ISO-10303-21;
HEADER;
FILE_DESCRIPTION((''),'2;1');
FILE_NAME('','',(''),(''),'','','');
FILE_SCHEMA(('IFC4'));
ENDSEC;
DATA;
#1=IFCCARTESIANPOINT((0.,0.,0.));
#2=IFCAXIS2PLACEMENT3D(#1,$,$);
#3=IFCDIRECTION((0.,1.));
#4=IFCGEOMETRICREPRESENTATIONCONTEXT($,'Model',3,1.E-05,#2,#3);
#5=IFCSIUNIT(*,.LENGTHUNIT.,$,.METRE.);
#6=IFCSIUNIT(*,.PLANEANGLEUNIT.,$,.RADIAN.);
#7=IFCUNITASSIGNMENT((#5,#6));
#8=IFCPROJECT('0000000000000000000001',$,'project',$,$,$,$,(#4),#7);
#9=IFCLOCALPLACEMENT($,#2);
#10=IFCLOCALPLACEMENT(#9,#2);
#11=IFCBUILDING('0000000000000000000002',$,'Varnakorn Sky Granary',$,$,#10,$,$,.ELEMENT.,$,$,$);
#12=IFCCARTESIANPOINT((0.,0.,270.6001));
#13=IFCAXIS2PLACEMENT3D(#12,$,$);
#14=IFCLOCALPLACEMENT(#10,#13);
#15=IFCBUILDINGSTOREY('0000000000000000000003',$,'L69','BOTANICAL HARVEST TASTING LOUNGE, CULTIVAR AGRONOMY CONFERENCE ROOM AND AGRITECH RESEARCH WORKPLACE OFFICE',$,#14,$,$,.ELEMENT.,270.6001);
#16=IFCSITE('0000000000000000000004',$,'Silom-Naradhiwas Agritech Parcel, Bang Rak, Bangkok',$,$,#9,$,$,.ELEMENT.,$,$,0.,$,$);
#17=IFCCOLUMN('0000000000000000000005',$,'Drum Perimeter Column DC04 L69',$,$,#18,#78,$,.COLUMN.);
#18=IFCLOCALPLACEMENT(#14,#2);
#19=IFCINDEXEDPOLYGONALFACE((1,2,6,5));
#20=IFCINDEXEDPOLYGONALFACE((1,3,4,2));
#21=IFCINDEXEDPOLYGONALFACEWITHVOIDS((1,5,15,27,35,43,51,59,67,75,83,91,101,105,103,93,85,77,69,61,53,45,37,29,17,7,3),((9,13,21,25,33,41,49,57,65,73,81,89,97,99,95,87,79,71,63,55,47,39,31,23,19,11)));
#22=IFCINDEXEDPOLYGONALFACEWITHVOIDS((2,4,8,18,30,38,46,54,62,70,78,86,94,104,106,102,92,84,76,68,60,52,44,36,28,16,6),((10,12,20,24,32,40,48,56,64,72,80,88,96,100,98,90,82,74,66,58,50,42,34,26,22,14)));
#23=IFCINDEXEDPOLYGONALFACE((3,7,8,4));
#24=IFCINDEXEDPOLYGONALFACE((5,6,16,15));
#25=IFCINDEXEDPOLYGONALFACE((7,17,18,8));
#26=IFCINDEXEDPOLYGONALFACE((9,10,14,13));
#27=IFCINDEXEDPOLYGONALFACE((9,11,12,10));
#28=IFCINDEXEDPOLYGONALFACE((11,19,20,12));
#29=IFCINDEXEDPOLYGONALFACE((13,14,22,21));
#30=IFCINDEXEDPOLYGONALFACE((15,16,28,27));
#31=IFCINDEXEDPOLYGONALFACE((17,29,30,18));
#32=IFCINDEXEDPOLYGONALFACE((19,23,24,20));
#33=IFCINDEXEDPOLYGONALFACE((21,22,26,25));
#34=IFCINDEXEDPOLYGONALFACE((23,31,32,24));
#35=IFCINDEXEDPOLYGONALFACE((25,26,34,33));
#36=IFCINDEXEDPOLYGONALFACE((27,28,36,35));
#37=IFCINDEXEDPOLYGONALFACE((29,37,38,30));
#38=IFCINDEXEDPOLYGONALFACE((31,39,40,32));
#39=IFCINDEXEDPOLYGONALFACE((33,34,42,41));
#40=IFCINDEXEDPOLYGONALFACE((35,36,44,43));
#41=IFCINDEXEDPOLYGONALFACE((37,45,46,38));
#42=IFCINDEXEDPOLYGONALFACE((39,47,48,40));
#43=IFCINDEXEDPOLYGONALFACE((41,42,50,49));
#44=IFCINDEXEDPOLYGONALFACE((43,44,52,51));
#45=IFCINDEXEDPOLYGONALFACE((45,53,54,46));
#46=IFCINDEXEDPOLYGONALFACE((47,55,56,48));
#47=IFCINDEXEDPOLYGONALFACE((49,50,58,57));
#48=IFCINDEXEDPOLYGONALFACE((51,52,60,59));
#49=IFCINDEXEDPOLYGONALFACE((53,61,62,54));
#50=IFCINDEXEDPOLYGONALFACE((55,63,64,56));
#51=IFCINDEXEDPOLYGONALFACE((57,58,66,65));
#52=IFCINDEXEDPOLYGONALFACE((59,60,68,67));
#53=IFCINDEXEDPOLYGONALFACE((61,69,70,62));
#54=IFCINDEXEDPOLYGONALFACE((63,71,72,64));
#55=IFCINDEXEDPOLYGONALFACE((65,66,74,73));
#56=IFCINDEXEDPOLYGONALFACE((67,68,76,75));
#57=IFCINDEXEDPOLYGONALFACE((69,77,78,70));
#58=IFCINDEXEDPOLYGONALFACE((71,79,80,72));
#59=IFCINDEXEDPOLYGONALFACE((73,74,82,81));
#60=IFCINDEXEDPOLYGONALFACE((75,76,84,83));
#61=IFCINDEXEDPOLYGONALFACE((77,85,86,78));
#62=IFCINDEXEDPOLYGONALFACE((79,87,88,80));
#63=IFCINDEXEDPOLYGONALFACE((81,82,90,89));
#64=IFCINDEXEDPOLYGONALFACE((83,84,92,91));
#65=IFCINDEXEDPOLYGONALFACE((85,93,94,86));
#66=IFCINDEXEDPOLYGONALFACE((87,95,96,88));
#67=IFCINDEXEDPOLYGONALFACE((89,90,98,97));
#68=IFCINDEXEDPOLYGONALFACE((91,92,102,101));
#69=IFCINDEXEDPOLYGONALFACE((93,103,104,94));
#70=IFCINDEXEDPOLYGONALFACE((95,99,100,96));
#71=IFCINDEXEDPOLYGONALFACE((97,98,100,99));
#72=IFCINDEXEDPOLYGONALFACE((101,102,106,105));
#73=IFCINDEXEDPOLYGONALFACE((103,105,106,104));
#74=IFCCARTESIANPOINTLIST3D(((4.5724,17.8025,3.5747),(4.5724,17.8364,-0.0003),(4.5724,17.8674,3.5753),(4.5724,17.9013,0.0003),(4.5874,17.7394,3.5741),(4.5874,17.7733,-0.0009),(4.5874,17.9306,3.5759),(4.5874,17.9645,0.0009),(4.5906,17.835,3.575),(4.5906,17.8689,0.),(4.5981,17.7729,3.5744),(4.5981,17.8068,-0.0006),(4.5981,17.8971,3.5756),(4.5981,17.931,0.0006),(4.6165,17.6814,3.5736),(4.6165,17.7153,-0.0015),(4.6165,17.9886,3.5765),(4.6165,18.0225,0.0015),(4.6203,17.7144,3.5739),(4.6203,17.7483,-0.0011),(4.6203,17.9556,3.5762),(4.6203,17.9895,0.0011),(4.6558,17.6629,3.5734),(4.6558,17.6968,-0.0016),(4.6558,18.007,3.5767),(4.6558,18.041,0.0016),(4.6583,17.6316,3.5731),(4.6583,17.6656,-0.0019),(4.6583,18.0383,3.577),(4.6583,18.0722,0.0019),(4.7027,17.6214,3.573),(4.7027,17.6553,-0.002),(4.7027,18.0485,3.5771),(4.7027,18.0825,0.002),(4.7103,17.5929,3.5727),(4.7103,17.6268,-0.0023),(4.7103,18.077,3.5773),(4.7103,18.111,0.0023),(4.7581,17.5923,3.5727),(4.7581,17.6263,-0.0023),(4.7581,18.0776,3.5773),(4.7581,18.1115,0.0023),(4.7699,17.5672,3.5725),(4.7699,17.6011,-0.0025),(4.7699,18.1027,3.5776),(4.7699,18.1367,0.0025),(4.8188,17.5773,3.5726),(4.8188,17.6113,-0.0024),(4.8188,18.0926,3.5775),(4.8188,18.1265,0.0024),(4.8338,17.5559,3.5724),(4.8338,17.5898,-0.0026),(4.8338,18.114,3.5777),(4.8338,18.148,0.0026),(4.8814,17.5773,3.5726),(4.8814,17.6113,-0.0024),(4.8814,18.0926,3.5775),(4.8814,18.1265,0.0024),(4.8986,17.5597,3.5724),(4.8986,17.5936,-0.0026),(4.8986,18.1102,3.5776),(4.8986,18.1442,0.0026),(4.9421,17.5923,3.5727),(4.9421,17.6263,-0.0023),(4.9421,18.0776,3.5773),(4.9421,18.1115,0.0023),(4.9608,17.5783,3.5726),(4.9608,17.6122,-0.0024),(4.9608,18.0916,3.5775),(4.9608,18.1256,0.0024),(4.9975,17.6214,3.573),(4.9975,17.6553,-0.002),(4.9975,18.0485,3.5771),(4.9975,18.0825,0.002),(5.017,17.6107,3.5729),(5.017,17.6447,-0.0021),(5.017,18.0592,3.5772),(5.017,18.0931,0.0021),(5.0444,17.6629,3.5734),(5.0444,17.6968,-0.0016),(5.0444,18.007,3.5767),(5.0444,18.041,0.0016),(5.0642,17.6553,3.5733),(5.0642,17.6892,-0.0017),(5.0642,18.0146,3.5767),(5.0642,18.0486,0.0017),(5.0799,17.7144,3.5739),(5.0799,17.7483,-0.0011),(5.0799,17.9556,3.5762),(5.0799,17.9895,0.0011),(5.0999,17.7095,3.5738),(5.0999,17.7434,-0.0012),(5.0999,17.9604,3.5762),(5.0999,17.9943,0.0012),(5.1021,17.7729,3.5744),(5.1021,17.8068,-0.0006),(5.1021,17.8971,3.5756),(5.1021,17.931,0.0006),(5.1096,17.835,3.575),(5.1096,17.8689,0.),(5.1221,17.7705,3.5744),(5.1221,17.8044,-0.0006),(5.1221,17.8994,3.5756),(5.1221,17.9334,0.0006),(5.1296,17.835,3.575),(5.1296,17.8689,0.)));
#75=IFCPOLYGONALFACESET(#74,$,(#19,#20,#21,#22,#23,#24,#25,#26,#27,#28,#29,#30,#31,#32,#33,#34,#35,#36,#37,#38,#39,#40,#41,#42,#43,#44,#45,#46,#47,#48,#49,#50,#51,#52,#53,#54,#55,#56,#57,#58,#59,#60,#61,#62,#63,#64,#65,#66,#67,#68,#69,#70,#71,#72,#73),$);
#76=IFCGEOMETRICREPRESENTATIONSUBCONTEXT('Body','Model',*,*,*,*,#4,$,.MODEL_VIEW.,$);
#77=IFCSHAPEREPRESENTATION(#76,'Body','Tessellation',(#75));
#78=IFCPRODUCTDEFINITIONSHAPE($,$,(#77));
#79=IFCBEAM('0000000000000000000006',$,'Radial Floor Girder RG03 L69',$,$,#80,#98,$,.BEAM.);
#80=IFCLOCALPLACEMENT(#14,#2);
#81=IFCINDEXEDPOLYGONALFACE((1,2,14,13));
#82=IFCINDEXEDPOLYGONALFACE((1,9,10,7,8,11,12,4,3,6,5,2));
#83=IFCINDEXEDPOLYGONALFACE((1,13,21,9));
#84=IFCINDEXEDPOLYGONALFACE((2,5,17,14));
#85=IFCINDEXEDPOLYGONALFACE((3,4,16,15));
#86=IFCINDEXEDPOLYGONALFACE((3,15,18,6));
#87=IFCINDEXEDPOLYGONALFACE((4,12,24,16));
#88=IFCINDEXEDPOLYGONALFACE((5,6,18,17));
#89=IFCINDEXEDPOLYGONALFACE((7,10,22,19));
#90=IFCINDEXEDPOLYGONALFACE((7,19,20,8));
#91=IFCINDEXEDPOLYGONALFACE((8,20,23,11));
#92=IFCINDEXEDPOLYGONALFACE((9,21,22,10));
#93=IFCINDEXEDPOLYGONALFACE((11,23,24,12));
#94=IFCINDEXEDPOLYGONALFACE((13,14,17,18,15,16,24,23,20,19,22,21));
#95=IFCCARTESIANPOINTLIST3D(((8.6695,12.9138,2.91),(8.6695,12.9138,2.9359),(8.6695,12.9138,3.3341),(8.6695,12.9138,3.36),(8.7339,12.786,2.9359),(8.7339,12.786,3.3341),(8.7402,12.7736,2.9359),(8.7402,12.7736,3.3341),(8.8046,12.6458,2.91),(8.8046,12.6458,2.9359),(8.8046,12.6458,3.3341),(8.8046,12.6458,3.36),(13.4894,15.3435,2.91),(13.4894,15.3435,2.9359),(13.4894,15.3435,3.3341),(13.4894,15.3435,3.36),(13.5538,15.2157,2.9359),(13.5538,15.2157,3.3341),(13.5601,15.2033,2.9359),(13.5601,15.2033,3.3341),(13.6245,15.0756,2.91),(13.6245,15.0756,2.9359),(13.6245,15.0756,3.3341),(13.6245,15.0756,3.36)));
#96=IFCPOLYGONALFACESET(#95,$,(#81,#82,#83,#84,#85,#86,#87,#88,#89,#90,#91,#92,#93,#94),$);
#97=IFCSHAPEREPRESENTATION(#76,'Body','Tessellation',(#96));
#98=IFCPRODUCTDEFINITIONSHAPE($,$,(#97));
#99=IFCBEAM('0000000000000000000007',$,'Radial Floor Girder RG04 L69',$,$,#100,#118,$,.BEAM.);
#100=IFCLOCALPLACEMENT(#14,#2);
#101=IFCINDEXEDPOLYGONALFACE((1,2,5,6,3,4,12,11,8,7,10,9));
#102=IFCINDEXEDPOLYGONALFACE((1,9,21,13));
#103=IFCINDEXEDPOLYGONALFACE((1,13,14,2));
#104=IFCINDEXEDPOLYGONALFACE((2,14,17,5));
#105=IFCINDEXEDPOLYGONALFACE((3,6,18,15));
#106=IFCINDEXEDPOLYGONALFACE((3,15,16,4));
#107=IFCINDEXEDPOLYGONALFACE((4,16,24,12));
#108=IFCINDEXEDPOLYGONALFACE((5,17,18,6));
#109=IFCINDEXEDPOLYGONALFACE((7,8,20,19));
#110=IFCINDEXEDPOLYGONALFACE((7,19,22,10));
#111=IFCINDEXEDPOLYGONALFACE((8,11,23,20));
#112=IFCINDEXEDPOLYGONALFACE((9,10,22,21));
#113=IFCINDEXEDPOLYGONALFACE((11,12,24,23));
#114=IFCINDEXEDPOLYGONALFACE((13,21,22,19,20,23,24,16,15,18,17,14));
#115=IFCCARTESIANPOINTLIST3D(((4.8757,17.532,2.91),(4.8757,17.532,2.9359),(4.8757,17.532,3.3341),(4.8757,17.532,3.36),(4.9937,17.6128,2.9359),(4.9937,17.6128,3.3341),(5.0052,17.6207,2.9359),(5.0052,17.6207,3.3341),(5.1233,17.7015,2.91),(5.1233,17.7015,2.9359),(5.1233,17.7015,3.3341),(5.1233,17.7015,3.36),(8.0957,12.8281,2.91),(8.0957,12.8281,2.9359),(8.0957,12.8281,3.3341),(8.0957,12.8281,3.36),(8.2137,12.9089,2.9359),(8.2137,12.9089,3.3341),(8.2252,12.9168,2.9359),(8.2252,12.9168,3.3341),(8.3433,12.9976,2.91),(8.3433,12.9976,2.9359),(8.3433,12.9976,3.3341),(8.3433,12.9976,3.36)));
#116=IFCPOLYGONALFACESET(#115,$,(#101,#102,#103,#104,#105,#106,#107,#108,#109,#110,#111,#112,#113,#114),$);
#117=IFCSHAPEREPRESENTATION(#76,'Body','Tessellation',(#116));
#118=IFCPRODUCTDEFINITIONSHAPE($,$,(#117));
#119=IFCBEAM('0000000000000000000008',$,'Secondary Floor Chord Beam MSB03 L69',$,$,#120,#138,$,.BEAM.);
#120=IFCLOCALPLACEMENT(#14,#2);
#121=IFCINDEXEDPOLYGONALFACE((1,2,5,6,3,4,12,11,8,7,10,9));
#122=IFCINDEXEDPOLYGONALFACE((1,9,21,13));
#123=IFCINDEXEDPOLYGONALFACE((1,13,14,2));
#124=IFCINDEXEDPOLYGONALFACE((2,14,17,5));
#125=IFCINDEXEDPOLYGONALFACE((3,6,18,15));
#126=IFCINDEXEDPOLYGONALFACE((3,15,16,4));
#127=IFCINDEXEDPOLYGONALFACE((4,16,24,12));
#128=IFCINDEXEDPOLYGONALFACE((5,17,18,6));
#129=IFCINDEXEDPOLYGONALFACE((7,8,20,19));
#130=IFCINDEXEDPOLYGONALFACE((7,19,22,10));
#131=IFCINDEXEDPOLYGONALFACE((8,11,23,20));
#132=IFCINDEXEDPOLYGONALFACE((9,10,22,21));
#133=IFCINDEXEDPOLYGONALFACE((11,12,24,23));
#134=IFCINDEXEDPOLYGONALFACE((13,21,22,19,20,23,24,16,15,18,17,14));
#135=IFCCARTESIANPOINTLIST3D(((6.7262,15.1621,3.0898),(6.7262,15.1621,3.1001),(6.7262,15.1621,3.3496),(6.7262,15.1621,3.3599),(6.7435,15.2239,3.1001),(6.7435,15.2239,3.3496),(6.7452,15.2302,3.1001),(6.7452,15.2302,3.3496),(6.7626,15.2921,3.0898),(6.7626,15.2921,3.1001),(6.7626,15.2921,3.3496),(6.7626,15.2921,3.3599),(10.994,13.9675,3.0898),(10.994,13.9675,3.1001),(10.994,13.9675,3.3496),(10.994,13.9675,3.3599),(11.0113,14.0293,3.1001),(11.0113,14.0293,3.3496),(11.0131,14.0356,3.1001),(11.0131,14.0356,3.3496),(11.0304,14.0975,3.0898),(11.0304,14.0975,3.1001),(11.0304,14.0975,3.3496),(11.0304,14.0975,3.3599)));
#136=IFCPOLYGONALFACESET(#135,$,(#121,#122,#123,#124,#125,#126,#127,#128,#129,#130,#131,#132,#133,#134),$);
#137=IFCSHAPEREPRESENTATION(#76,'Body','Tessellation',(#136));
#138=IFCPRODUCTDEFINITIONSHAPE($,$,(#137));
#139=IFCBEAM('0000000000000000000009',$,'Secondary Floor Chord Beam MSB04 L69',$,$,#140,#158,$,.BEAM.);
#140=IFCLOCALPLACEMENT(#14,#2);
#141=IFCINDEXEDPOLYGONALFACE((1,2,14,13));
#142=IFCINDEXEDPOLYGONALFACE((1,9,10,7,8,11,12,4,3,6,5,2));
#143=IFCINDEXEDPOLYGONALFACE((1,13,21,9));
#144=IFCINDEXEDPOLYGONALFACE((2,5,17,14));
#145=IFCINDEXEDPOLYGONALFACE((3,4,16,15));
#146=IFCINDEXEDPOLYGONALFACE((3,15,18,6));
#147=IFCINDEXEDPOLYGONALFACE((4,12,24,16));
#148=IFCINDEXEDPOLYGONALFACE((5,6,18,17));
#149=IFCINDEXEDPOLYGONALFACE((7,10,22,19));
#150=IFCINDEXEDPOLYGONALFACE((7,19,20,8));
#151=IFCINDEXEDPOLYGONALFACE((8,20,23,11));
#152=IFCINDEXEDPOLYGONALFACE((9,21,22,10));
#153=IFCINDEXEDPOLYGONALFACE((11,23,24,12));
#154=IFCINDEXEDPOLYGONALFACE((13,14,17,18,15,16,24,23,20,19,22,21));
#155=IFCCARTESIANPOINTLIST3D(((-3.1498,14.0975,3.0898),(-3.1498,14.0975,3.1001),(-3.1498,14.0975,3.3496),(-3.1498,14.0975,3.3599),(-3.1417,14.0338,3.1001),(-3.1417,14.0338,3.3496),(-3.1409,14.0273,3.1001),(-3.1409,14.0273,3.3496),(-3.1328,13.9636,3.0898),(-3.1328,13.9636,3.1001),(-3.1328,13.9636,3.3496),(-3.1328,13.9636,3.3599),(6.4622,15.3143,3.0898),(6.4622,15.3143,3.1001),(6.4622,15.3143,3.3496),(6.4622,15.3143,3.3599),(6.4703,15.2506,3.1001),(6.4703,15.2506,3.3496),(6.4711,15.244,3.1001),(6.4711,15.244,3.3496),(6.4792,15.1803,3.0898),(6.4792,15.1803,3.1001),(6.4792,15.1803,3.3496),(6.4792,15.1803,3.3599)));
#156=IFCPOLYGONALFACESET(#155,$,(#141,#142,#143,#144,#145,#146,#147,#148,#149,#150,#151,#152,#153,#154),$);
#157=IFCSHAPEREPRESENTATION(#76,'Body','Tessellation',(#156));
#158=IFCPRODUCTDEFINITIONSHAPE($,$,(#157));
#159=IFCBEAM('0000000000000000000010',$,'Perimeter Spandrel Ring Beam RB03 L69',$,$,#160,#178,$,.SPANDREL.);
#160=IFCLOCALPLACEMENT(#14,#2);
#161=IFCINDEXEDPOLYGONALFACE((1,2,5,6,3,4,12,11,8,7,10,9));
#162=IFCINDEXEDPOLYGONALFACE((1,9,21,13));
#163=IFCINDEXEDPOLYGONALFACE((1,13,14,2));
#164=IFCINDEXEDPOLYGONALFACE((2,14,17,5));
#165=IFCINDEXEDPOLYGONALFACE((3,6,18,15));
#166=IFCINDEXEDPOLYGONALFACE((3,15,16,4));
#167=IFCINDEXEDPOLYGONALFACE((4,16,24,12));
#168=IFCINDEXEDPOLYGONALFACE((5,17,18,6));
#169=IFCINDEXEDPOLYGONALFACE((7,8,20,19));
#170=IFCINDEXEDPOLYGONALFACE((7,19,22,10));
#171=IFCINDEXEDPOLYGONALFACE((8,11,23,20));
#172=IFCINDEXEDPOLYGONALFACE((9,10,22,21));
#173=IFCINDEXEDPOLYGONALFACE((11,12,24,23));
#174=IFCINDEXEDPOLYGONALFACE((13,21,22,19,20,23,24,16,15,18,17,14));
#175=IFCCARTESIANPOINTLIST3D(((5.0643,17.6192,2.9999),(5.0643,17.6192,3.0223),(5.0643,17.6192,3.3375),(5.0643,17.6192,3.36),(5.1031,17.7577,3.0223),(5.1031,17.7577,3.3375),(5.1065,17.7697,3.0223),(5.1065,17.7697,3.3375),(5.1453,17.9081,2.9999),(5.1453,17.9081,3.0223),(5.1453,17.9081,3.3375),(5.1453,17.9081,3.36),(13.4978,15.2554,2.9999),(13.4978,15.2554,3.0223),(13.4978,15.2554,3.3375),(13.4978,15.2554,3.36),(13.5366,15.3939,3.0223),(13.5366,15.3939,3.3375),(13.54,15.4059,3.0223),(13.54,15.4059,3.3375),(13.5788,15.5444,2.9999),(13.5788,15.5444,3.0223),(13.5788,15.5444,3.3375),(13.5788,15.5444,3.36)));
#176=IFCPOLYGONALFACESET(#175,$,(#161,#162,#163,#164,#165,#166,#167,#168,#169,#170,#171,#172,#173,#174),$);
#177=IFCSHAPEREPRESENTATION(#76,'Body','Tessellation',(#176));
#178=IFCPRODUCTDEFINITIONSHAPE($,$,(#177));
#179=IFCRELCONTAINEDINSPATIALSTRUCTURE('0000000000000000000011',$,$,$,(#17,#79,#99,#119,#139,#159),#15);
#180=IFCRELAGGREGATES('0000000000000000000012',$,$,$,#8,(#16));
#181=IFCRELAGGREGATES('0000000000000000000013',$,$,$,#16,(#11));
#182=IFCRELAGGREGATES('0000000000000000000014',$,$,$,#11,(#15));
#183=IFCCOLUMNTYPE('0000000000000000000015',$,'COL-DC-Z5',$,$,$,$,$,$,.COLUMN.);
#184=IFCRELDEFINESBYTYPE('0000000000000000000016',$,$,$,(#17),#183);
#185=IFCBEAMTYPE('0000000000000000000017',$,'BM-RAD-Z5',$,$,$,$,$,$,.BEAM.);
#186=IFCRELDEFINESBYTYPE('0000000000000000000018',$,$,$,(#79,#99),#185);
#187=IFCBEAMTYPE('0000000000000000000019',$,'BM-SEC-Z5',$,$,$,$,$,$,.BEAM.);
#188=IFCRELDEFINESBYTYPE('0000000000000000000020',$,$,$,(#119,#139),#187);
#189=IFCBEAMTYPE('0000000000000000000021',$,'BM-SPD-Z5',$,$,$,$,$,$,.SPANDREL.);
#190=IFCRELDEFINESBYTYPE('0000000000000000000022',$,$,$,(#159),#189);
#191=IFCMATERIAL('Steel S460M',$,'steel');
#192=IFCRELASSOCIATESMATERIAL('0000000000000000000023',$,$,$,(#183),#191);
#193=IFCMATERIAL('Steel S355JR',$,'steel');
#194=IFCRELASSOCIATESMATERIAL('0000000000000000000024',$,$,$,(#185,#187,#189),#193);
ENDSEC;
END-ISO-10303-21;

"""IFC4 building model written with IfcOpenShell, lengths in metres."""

from ifc_helpers import new_model, si_unit, direction, frame, origin, origin_2d, place, context, subcontext, project, spatial, hollow_circle, i_section, extrude, material, material_profile, profile_set, type_object, element, save


model = new_model("IFC4")

# Units and contexts
model_context = context("Model", 3, precision=1e-05, world=origin(), true_north=direction((0.0, 1.0)))
body_context = subcontext(model_context, "Body", "Model", "MODEL_VIEW")
ifc_project = project(units=[si_unit("LENGTHUNIT", "METRE"), si_unit("PLANEANGLEUNIT", "RADIAN")], contexts=[model_context])

# Site, building, storey
site_placement = place(None, origin())
site = spatial("IfcSite", under=ifc_project, at=site_placement, Name="Silom-Naradhiwas Agritech Parcel, Bang Rak, Bangkok", CompositionType="ELEMENT", RefElevation=0.0)
building_placement = place(site_placement, origin())
building = spatial("IfcBuilding", under=site, at=building_placement, Name="Varnakorn Sky Granary", CompositionType="ELEMENT")
storey_placement = place(building_placement, frame((0.0, 0.0, 270.6001)))
storey = spatial("IfcBuildingStorey", under=building, at=storey_placement, Name="L69", Description="BOTANICAL HARVEST TASTING LOUNGE, CULTIVAR AGRONOMY CONFERENCE ROOM AND AGRITECH RESEARCH WORKPLACE OFFICE", CompositionType="ELEMENT", Elevation=270.6001)

# Column
ifc_material_1 = material(Name="Steel S460M", Category="steel")
ifc_material_profile_1 = material_profile(ifc_material_1, hollow_circle(Radius=0.2795, WallThickness=0.02, at=origin_2d()), Name="CHS 559x20")
ifc_profile_set_1 = profile_set([ifc_material_profile_1], Name="Steel S460M")
column_type = type_object("IfcColumnType", Name="COL-DC-Z5", PredefinedType="COLUMN", material=ifc_profile_set_1)
column_placement = place(storey_placement, frame((4.8501, 17.8689, 0.0), z_axis=(0.0, -0.009492, 0.999955), x_axis=(1.0, 0.0, 0.0)))
element("IfcColumn", 1, at=column_placement, inside=storey, type_object=column_type, Name="Drum Perimeter Column DC04 L69", PredefinedType="COLUMN", context=body_context, shape_type="SweptSolid", body=[
    extrude(hollow_circle(Radius=0.2795, WallThickness=0.02, at=origin_2d()), origin(), (0.0, 0.0, 1.0), 3.5752),
])

# Beams
ifc_material_2 = material(Name="Steel S355JR", Category="steel")
ifc_material_profile_2 = material_profile(ifc_material_2, i_section(OverallWidth=0.3, OverallDepth=0.45, WebThickness=0.0139, FlangeThickness=0.0259, at=origin_2d()), Name="HE 450 B")
ifc_profile_set_2 = profile_set([ifc_material_profile_2], Name="Steel S355JR")
beam_type_1 = type_object("IfcBeamType", Name="BM-RAD-Z5", PredefinedType="BEAM", material=ifc_profile_set_2)
beam_1_placement = place(storey_placement, frame((8.7371, 12.7798, 3.135), z_axis=(0.892957, 0.450142, 0.0), x_axis=(-0.450142, 0.892957, 0.0)))
element("IfcBeam", 2, at=beam_1_placement, inside=storey, type_object=beam_type_1, Name="Radial Floor Girder RG03 L69", PredefinedType="BEAM", context=body_context, shape_type="SweptSolid", body=[
    extrude(i_section(OverallWidth=0.3, OverallDepth=0.45, WebThickness=0.0139, FlangeThickness=0.0259, at=origin_2d()), origin(), (0.0, 0.0, 1.0), 5.3977),
])
beam_2_placement = place(storey_placement, frame((8.2195, 12.9128, 3.135), z_axis=(-0.564868, 0.825181, 0.0), x_axis=(-0.825181, -0.564868, 0.0)))
element("IfcBeam", 3, at=beam_2_placement, inside=storey, type_object=beam_type_1, Name="Radial Floor Girder RG04 L69", PredefinedType="BEAM", context=body_context, shape_type="SweptSolid", body=[
    extrude(i_section(OverallWidth=0.3, OverallDepth=0.45, WebThickness=0.0139, FlangeThickness=0.0259, at=origin_2d()), origin(), (0.0, 0.0, 1.0), 5.7004),
])
ifc_material_profile_3 = material_profile(ifc_material_2, i_section(OverallWidth=0.135, OverallDepth=0.27, WebThickness=0.0066, FlangeThickness=0.0103, at=origin_2d()), Name="IPE 270")
ifc_profile_set_3 = profile_set([ifc_material_profile_3], Name="Steel S355JR")
beam_type_2 = type_object("IfcBeamType", Name="BM-SEC-Z5", PredefinedType="BEAM", material=ifc_profile_set_3)
beam_3_placement = place(storey_placement, frame((11.0122, 14.0325, 3.2249), z_axis=(-0.962988, 0.269544, 0.0), x_axis=(-0.269544, -0.962988, 0.0)))
element("IfcBeam", 4, at=beam_3_placement, inside=storey, type_object=beam_type_2, Name="Secondary Floor Chord Beam MSB03 L69", PredefinedType="BEAM", context=body_context, shape_type="SweptSolid", body=[
    extrude(i_section(OverallWidth=0.135, OverallDepth=0.27, WebThickness=0.0066, FlangeThickness=0.0103, at=origin_2d()), origin(), (0.0, 0.0, 1.0), 4.4319),
])
beam_4_placement = place(storey_placement, frame((6.4707, 15.2473, 3.2249), z_axis=(-0.992082, -0.125588, 0.0), x_axis=(0.125588, -0.992082, 0.0)))
element("IfcBeam", 5, at=beam_4_placement, inside=storey, type_object=beam_type_2, Name="Secondary Floor Chord Beam MSB04 L69", PredefinedType="BEAM", context=body_context, shape_type="SweptSolid", body=[
    extrude(i_section(OverallWidth=0.135, OverallDepth=0.27, WebThickness=0.0066, FlangeThickness=0.0103, at=origin_2d()), origin(), (0.0, 0.0, 1.0), 9.6887),
])
ifc_material_profile_4 = material_profile(ifc_material_2, i_section(OverallWidth=0.3, OverallDepth=0.3601, WebThickness=0.0125, FlangeThickness=0.0225, at=origin_2d()), Name="HE 360 B")
ifc_profile_set_4 = profile_set([ifc_material_profile_4], Name="Steel S355JR")
beam_type_3 = type_object("IfcBeamType", Name="BM-SPD-Z5", PredefinedType="SPANDREL", material=ifc_profile_set_4)
for number, where, z_axis, x_axis, name in (
    (6, (13.5383, 15.3999, 3.1799), (-0.962894, 0.26988, 0.0), (-0.26988, -0.962894, 0.0), "Perimeter Spandrel Ring Beam RB03 L69"),
):
    element("IfcBeam", number, at=place(storey_placement, frame(where, z_axis=z_axis, x_axis=x_axis)), inside=storey, type_object=beam_type_3, Name=name, PredefinedType="SPANDREL", context=body_context, shape_type="SweptSolid", body=[
        extrude(i_section(OverallWidth=0.3, OverallDepth=0.3601, WebThickness=0.0125, FlangeThickness=0.0225, at=origin_2d()), origin(), (0.0, 0.0, 1.0), 8.7585),
    ])

save(model, "model.ifc")
